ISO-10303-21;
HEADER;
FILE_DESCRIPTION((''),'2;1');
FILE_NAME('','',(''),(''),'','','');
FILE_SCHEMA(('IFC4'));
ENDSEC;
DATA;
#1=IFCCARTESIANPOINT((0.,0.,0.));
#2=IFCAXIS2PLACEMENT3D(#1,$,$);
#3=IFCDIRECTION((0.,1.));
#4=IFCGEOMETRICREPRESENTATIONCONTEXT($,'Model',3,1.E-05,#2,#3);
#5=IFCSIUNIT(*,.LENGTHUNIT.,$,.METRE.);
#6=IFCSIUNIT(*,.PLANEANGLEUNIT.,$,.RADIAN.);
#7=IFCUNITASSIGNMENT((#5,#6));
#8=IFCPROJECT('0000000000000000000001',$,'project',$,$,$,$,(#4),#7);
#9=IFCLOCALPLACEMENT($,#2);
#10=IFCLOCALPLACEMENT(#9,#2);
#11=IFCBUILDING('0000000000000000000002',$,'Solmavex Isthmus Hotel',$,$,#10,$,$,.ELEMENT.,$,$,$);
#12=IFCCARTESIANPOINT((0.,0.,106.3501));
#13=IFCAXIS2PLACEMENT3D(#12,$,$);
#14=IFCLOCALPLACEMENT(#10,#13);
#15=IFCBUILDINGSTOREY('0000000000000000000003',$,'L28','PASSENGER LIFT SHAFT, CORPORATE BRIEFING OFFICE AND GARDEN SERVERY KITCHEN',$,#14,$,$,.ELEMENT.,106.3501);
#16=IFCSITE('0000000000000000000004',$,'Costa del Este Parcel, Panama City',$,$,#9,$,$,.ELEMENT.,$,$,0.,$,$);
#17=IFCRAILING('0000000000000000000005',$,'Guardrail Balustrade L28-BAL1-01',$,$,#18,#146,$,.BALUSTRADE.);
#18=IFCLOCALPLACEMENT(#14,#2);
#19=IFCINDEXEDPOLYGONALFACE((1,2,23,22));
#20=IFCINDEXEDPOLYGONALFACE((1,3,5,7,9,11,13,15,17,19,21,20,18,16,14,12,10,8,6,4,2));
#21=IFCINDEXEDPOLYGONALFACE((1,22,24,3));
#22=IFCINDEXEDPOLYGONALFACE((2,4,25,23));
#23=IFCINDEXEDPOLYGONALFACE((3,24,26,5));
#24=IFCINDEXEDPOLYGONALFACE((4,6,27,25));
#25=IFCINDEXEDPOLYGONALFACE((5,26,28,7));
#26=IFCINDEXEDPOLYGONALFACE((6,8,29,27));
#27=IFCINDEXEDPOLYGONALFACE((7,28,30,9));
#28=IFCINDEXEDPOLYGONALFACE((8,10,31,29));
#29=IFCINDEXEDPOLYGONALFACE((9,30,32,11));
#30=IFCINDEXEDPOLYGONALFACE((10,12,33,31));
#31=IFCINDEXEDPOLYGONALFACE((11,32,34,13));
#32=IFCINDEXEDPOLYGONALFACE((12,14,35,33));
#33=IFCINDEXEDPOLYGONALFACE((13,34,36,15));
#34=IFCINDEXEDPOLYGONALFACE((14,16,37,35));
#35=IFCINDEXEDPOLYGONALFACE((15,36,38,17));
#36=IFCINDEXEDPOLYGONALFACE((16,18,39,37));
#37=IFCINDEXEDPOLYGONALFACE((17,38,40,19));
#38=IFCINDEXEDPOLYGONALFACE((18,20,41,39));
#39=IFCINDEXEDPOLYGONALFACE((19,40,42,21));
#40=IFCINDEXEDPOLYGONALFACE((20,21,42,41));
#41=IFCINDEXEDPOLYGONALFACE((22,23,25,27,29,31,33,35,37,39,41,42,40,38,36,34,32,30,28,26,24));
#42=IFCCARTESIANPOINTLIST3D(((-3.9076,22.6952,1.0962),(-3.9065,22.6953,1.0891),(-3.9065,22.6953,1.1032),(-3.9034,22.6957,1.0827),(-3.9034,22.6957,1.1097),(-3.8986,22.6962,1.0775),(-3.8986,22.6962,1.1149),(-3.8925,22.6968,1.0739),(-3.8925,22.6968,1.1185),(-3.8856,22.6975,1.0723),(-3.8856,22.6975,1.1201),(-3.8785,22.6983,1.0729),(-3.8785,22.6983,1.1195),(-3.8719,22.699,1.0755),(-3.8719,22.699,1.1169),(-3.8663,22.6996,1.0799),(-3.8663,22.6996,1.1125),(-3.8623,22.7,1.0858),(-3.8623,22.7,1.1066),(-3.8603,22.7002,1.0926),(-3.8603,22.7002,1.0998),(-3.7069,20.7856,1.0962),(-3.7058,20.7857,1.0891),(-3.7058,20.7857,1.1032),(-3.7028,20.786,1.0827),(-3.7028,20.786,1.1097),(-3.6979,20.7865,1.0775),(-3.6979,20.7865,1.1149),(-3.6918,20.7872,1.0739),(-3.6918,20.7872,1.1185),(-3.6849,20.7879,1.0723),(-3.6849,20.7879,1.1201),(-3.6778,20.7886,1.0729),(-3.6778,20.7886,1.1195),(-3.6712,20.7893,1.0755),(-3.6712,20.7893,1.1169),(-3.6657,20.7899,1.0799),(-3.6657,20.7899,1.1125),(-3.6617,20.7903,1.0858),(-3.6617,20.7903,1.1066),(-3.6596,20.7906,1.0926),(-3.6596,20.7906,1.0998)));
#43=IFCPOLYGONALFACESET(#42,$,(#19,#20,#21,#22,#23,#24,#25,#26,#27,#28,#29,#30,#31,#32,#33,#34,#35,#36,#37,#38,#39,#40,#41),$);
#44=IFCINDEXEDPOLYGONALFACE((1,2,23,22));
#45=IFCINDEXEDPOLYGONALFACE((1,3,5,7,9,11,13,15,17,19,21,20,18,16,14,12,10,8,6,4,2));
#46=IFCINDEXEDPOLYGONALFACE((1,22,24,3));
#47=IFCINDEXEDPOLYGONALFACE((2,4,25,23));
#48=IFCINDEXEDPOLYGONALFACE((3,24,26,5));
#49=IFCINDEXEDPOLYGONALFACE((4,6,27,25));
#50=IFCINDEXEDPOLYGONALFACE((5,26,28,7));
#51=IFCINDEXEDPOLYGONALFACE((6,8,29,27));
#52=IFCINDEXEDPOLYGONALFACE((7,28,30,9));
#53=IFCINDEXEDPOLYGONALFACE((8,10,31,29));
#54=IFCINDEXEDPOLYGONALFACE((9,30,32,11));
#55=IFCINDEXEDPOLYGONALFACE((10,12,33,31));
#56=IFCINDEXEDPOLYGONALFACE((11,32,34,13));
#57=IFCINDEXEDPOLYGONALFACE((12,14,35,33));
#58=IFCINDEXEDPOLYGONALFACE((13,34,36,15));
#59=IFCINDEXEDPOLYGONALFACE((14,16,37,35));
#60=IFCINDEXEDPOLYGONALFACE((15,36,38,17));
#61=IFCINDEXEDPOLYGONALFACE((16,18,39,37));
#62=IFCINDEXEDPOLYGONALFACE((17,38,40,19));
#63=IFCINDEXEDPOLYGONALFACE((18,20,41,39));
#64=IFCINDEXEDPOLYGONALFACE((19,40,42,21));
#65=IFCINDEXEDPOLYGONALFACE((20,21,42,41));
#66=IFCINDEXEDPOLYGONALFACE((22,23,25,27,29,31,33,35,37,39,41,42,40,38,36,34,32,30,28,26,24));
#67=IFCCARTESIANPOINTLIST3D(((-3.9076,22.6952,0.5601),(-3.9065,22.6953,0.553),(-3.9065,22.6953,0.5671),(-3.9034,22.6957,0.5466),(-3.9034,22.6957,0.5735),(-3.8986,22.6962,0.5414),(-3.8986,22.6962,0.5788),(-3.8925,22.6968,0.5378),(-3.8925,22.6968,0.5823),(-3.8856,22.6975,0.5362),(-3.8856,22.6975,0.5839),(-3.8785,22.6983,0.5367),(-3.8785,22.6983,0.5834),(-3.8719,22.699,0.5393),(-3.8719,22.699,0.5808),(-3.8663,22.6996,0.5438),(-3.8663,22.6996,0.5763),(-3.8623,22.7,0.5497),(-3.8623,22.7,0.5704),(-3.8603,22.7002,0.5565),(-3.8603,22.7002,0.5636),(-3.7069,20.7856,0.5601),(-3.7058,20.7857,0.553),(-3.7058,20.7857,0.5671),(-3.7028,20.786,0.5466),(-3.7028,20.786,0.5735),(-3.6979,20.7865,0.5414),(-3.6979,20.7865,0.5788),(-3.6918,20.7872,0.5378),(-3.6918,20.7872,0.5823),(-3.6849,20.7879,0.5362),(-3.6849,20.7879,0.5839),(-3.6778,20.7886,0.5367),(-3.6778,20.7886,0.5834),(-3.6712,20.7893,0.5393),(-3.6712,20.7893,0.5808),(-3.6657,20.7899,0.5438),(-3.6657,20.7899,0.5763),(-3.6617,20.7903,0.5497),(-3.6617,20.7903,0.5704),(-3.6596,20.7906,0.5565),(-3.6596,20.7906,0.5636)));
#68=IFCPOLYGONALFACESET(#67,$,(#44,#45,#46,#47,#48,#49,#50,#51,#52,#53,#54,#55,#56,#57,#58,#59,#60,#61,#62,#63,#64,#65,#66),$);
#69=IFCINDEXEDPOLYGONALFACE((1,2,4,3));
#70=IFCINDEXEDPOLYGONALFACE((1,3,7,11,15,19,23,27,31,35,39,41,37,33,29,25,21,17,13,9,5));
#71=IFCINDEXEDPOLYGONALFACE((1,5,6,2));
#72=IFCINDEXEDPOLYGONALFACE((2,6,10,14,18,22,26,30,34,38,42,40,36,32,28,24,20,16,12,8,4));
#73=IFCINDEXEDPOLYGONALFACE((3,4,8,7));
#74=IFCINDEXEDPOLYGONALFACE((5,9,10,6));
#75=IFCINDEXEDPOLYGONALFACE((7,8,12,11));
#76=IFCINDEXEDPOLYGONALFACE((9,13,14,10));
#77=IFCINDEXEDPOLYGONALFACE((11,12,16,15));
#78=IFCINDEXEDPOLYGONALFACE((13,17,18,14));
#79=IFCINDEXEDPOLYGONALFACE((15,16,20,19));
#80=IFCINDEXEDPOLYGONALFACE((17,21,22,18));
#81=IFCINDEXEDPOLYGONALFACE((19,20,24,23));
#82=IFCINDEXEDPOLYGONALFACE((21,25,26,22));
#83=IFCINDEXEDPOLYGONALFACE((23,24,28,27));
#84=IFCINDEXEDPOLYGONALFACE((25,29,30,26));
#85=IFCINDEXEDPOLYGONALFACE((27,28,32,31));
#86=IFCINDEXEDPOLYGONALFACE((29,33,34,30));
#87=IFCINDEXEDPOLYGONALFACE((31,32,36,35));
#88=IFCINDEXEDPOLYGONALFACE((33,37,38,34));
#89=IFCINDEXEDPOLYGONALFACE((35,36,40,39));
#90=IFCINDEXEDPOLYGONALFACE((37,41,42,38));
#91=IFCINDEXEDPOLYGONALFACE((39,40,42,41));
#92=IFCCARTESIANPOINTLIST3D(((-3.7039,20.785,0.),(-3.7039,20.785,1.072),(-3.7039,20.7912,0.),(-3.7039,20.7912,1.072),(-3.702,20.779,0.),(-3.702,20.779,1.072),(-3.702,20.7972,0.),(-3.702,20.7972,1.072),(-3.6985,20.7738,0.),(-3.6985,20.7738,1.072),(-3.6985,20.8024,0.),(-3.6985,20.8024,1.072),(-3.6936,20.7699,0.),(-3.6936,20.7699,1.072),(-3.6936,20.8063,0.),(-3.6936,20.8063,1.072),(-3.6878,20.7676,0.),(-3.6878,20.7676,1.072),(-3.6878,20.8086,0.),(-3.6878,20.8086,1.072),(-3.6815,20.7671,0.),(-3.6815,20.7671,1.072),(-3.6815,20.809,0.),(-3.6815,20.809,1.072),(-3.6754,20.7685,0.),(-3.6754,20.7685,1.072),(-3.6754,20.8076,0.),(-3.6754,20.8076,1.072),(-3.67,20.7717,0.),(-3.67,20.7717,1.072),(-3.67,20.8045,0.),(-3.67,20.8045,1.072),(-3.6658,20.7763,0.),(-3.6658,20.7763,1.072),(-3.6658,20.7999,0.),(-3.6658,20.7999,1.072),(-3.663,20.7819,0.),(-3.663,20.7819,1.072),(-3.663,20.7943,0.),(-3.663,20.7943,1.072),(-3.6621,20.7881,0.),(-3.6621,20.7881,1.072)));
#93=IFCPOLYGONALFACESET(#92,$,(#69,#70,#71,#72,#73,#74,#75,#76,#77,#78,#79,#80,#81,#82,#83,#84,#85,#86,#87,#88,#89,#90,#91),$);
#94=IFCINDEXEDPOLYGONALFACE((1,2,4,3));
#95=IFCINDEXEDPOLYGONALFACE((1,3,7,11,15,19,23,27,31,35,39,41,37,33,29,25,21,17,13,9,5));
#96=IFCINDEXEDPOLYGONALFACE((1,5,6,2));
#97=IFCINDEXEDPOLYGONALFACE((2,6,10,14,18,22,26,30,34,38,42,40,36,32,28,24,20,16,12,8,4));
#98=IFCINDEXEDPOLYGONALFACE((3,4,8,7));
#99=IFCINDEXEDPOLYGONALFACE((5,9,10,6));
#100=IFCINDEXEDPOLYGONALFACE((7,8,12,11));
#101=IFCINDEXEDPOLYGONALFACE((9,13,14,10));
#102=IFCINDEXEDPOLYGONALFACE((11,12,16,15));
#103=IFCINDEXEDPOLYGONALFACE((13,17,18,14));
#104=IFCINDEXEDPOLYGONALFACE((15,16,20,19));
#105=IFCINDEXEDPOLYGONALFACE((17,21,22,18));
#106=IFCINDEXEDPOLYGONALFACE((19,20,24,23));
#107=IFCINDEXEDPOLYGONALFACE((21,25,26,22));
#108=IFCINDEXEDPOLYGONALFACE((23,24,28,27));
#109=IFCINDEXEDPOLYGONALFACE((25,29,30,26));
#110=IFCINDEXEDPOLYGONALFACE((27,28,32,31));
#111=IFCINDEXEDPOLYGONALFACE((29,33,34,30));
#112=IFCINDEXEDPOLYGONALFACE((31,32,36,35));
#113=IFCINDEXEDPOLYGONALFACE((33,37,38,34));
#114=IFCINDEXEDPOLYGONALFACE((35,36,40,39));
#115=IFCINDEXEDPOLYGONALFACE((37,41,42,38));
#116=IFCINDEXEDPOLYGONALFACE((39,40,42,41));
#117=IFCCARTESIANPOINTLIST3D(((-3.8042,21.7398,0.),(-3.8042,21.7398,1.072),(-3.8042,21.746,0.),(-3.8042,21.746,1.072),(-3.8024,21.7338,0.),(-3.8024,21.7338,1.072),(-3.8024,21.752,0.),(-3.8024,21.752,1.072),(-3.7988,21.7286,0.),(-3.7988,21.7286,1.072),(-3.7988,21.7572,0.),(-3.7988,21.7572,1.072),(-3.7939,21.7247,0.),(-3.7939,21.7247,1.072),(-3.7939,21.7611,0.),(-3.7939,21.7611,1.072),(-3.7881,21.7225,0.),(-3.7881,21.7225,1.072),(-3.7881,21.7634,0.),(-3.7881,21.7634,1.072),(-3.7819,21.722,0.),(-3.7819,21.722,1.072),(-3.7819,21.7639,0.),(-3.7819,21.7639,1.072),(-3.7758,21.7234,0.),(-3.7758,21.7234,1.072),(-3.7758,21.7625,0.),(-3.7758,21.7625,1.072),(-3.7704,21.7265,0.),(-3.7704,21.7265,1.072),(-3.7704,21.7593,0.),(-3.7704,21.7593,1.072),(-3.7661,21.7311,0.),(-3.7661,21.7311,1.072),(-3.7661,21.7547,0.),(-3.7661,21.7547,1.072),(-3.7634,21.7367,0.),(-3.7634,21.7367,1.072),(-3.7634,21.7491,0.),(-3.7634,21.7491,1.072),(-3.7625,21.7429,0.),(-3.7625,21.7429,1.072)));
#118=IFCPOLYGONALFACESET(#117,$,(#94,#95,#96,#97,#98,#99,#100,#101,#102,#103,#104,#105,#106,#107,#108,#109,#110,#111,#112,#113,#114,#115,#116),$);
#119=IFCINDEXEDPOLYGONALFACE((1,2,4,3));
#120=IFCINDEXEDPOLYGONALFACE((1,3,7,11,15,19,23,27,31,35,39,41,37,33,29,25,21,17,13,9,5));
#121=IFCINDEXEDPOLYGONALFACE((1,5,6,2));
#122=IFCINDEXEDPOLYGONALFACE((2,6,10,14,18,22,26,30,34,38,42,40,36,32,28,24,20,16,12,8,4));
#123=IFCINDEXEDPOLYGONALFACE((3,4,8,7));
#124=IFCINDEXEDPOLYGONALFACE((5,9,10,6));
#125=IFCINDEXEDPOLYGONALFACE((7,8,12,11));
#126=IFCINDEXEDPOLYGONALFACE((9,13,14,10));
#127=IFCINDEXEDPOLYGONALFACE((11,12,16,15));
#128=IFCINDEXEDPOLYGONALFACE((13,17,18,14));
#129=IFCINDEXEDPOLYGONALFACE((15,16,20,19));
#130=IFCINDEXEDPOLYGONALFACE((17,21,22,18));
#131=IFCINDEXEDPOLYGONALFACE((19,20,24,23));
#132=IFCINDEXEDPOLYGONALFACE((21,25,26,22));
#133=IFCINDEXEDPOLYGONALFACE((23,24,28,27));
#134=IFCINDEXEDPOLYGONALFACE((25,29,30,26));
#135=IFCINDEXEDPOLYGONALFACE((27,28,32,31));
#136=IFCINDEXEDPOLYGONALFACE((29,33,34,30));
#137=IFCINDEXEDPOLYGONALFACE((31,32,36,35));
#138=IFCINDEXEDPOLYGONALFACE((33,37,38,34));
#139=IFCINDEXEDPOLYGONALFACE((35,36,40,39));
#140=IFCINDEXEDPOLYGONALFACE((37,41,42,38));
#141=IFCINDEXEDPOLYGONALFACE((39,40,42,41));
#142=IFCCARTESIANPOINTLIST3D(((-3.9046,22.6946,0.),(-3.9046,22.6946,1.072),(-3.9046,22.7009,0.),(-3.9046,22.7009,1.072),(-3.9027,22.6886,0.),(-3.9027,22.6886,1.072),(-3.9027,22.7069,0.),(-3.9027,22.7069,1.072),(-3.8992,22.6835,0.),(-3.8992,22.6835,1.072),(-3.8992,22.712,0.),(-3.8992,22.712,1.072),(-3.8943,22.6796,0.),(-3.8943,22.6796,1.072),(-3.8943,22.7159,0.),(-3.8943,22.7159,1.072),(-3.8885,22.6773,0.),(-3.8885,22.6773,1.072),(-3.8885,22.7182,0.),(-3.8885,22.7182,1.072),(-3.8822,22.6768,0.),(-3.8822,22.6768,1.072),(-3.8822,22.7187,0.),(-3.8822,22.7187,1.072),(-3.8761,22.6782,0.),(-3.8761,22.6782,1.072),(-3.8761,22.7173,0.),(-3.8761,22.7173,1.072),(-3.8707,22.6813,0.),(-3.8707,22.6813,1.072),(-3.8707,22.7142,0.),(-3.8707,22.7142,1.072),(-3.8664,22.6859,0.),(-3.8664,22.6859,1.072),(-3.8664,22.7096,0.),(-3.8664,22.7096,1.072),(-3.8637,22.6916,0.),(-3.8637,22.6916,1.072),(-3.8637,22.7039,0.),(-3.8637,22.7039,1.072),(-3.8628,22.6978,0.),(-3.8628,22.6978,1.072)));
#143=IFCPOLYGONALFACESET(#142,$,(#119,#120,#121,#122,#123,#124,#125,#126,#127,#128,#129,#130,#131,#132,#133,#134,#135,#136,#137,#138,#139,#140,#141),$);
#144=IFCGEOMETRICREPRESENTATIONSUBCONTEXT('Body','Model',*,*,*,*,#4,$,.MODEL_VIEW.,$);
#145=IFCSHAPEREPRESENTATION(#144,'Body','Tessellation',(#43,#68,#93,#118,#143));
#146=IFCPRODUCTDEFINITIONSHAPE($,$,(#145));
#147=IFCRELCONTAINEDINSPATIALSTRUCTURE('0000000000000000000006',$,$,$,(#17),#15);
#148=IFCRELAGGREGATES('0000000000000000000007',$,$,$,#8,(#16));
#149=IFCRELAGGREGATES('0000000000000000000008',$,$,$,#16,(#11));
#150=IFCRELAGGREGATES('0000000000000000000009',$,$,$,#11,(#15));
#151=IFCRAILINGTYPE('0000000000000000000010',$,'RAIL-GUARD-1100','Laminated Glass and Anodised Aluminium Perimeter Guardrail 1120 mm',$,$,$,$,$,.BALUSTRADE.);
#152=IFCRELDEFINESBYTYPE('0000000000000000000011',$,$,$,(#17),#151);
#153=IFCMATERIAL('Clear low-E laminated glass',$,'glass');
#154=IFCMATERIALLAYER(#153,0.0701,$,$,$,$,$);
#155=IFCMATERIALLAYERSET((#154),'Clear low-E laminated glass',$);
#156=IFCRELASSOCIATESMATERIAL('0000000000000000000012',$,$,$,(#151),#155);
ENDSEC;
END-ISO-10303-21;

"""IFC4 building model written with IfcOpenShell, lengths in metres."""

from ifc_helpers import new_model, si_unit, direction, frame, origin, origin_2d, place, context, subcontext, project, spatial, circle, extrude, material, layer, layer_set, type_object, element, save


model = new_model("IFC4")

# Units and contexts
model_context = context("Model", 3, precision=1e-05, world=origin(), true_north=direction((0.0, 1.0)))
body_context = subcontext(model_context, "Body", "Model", "MODEL_VIEW")
ifc_project = project(units=[si_unit("LENGTHUNIT", "METRE"), si_unit("PLANEANGLEUNIT", "RADIAN")], contexts=[model_context])

# Site, building, storey
site_placement = place(None, origin())
site = spatial("IfcSite", under=ifc_project, at=site_placement, Name="Costa del Este Parcel, Panama City", CompositionType="ELEMENT", RefElevation=0.0)
building_placement = place(site_placement, origin())
building = spatial("IfcBuilding", under=site, at=building_placement, Name="Solmavex Isthmus Hotel", CompositionType="ELEMENT")
storey_placement = place(building_placement, frame((0.0, 0.0, 106.3501)))
storey = spatial("IfcBuildingStorey", under=building, at=storey_placement, Name="L28", Description="PASSENGER LIFT SHAFT, CORPORATE BRIEFING OFFICE AND GARDEN SERVERY KITCHEN", CompositionType="ELEMENT", Elevation=106.3501)

# Shared definitions
ifc_material_1 = material(Name="Clear low-E laminated glass", Category="glass")

# Railing
ifc_layer_1 = layer(ifc_material_1, 0.0701)
ifc_layer_set_1 = layer_set([ifc_layer_1], Name="Clear low-E laminated glass")
railing_type = type_object("IfcRailingType", Name="RAIL-GUARD-1100", Description="Laminated Glass and Anodised Aluminium Perimeter Guardrail 1120 mm", PredefinedType="BALUSTRADE", material=ifc_layer_set_1)
railing_1_placement = place(storey_placement, frame((-3.6831, 20.7881, 0.0)))
element("IfcRailing", 1, at=railing_1_placement, inside=storey, type_object=railing_type, Name="Guardrail Balustrade L28-BAL1-01", PredefinedType="BALUSTRADE", context=body_context, shape_type="SweptSolid", body=[
    extrude(circle(Radius=0.0239, at=origin_2d()), frame((0.0, 0.0, 1.0962), z_axis=(-0.104513, 0.994524, 0.0), x_axis=(-0.994524, -0.104513, 0.0)), (0.0, 0.0, 1.0), 1.9202),
    extrude(circle(Radius=0.0239, at=origin_2d()), frame((0.0, 0.0, 0.5601), z_axis=(-0.104513, 0.994524, 0.0), x_axis=(-0.994524, -0.104513, 0.0)), (0.0, 0.0, 1.0), 1.9202),
    extrude(circle(Radius=0.021, at=origin_2d()), origin(), (0.0, 0.0, 1.0), 1.072),
    extrude(circle(Radius=0.021, at=origin_2d()), frame((-0.1003, 0.9548, 0.0)), (0.0, 0.0, 1.0), 1.072),
    extrude(circle(Radius=0.021, at=origin_2d()), frame((-0.2007, 1.9097, 0.0)), (0.0, 0.0, 1.0), 1.072),
])

save(model, "model.ifc")
